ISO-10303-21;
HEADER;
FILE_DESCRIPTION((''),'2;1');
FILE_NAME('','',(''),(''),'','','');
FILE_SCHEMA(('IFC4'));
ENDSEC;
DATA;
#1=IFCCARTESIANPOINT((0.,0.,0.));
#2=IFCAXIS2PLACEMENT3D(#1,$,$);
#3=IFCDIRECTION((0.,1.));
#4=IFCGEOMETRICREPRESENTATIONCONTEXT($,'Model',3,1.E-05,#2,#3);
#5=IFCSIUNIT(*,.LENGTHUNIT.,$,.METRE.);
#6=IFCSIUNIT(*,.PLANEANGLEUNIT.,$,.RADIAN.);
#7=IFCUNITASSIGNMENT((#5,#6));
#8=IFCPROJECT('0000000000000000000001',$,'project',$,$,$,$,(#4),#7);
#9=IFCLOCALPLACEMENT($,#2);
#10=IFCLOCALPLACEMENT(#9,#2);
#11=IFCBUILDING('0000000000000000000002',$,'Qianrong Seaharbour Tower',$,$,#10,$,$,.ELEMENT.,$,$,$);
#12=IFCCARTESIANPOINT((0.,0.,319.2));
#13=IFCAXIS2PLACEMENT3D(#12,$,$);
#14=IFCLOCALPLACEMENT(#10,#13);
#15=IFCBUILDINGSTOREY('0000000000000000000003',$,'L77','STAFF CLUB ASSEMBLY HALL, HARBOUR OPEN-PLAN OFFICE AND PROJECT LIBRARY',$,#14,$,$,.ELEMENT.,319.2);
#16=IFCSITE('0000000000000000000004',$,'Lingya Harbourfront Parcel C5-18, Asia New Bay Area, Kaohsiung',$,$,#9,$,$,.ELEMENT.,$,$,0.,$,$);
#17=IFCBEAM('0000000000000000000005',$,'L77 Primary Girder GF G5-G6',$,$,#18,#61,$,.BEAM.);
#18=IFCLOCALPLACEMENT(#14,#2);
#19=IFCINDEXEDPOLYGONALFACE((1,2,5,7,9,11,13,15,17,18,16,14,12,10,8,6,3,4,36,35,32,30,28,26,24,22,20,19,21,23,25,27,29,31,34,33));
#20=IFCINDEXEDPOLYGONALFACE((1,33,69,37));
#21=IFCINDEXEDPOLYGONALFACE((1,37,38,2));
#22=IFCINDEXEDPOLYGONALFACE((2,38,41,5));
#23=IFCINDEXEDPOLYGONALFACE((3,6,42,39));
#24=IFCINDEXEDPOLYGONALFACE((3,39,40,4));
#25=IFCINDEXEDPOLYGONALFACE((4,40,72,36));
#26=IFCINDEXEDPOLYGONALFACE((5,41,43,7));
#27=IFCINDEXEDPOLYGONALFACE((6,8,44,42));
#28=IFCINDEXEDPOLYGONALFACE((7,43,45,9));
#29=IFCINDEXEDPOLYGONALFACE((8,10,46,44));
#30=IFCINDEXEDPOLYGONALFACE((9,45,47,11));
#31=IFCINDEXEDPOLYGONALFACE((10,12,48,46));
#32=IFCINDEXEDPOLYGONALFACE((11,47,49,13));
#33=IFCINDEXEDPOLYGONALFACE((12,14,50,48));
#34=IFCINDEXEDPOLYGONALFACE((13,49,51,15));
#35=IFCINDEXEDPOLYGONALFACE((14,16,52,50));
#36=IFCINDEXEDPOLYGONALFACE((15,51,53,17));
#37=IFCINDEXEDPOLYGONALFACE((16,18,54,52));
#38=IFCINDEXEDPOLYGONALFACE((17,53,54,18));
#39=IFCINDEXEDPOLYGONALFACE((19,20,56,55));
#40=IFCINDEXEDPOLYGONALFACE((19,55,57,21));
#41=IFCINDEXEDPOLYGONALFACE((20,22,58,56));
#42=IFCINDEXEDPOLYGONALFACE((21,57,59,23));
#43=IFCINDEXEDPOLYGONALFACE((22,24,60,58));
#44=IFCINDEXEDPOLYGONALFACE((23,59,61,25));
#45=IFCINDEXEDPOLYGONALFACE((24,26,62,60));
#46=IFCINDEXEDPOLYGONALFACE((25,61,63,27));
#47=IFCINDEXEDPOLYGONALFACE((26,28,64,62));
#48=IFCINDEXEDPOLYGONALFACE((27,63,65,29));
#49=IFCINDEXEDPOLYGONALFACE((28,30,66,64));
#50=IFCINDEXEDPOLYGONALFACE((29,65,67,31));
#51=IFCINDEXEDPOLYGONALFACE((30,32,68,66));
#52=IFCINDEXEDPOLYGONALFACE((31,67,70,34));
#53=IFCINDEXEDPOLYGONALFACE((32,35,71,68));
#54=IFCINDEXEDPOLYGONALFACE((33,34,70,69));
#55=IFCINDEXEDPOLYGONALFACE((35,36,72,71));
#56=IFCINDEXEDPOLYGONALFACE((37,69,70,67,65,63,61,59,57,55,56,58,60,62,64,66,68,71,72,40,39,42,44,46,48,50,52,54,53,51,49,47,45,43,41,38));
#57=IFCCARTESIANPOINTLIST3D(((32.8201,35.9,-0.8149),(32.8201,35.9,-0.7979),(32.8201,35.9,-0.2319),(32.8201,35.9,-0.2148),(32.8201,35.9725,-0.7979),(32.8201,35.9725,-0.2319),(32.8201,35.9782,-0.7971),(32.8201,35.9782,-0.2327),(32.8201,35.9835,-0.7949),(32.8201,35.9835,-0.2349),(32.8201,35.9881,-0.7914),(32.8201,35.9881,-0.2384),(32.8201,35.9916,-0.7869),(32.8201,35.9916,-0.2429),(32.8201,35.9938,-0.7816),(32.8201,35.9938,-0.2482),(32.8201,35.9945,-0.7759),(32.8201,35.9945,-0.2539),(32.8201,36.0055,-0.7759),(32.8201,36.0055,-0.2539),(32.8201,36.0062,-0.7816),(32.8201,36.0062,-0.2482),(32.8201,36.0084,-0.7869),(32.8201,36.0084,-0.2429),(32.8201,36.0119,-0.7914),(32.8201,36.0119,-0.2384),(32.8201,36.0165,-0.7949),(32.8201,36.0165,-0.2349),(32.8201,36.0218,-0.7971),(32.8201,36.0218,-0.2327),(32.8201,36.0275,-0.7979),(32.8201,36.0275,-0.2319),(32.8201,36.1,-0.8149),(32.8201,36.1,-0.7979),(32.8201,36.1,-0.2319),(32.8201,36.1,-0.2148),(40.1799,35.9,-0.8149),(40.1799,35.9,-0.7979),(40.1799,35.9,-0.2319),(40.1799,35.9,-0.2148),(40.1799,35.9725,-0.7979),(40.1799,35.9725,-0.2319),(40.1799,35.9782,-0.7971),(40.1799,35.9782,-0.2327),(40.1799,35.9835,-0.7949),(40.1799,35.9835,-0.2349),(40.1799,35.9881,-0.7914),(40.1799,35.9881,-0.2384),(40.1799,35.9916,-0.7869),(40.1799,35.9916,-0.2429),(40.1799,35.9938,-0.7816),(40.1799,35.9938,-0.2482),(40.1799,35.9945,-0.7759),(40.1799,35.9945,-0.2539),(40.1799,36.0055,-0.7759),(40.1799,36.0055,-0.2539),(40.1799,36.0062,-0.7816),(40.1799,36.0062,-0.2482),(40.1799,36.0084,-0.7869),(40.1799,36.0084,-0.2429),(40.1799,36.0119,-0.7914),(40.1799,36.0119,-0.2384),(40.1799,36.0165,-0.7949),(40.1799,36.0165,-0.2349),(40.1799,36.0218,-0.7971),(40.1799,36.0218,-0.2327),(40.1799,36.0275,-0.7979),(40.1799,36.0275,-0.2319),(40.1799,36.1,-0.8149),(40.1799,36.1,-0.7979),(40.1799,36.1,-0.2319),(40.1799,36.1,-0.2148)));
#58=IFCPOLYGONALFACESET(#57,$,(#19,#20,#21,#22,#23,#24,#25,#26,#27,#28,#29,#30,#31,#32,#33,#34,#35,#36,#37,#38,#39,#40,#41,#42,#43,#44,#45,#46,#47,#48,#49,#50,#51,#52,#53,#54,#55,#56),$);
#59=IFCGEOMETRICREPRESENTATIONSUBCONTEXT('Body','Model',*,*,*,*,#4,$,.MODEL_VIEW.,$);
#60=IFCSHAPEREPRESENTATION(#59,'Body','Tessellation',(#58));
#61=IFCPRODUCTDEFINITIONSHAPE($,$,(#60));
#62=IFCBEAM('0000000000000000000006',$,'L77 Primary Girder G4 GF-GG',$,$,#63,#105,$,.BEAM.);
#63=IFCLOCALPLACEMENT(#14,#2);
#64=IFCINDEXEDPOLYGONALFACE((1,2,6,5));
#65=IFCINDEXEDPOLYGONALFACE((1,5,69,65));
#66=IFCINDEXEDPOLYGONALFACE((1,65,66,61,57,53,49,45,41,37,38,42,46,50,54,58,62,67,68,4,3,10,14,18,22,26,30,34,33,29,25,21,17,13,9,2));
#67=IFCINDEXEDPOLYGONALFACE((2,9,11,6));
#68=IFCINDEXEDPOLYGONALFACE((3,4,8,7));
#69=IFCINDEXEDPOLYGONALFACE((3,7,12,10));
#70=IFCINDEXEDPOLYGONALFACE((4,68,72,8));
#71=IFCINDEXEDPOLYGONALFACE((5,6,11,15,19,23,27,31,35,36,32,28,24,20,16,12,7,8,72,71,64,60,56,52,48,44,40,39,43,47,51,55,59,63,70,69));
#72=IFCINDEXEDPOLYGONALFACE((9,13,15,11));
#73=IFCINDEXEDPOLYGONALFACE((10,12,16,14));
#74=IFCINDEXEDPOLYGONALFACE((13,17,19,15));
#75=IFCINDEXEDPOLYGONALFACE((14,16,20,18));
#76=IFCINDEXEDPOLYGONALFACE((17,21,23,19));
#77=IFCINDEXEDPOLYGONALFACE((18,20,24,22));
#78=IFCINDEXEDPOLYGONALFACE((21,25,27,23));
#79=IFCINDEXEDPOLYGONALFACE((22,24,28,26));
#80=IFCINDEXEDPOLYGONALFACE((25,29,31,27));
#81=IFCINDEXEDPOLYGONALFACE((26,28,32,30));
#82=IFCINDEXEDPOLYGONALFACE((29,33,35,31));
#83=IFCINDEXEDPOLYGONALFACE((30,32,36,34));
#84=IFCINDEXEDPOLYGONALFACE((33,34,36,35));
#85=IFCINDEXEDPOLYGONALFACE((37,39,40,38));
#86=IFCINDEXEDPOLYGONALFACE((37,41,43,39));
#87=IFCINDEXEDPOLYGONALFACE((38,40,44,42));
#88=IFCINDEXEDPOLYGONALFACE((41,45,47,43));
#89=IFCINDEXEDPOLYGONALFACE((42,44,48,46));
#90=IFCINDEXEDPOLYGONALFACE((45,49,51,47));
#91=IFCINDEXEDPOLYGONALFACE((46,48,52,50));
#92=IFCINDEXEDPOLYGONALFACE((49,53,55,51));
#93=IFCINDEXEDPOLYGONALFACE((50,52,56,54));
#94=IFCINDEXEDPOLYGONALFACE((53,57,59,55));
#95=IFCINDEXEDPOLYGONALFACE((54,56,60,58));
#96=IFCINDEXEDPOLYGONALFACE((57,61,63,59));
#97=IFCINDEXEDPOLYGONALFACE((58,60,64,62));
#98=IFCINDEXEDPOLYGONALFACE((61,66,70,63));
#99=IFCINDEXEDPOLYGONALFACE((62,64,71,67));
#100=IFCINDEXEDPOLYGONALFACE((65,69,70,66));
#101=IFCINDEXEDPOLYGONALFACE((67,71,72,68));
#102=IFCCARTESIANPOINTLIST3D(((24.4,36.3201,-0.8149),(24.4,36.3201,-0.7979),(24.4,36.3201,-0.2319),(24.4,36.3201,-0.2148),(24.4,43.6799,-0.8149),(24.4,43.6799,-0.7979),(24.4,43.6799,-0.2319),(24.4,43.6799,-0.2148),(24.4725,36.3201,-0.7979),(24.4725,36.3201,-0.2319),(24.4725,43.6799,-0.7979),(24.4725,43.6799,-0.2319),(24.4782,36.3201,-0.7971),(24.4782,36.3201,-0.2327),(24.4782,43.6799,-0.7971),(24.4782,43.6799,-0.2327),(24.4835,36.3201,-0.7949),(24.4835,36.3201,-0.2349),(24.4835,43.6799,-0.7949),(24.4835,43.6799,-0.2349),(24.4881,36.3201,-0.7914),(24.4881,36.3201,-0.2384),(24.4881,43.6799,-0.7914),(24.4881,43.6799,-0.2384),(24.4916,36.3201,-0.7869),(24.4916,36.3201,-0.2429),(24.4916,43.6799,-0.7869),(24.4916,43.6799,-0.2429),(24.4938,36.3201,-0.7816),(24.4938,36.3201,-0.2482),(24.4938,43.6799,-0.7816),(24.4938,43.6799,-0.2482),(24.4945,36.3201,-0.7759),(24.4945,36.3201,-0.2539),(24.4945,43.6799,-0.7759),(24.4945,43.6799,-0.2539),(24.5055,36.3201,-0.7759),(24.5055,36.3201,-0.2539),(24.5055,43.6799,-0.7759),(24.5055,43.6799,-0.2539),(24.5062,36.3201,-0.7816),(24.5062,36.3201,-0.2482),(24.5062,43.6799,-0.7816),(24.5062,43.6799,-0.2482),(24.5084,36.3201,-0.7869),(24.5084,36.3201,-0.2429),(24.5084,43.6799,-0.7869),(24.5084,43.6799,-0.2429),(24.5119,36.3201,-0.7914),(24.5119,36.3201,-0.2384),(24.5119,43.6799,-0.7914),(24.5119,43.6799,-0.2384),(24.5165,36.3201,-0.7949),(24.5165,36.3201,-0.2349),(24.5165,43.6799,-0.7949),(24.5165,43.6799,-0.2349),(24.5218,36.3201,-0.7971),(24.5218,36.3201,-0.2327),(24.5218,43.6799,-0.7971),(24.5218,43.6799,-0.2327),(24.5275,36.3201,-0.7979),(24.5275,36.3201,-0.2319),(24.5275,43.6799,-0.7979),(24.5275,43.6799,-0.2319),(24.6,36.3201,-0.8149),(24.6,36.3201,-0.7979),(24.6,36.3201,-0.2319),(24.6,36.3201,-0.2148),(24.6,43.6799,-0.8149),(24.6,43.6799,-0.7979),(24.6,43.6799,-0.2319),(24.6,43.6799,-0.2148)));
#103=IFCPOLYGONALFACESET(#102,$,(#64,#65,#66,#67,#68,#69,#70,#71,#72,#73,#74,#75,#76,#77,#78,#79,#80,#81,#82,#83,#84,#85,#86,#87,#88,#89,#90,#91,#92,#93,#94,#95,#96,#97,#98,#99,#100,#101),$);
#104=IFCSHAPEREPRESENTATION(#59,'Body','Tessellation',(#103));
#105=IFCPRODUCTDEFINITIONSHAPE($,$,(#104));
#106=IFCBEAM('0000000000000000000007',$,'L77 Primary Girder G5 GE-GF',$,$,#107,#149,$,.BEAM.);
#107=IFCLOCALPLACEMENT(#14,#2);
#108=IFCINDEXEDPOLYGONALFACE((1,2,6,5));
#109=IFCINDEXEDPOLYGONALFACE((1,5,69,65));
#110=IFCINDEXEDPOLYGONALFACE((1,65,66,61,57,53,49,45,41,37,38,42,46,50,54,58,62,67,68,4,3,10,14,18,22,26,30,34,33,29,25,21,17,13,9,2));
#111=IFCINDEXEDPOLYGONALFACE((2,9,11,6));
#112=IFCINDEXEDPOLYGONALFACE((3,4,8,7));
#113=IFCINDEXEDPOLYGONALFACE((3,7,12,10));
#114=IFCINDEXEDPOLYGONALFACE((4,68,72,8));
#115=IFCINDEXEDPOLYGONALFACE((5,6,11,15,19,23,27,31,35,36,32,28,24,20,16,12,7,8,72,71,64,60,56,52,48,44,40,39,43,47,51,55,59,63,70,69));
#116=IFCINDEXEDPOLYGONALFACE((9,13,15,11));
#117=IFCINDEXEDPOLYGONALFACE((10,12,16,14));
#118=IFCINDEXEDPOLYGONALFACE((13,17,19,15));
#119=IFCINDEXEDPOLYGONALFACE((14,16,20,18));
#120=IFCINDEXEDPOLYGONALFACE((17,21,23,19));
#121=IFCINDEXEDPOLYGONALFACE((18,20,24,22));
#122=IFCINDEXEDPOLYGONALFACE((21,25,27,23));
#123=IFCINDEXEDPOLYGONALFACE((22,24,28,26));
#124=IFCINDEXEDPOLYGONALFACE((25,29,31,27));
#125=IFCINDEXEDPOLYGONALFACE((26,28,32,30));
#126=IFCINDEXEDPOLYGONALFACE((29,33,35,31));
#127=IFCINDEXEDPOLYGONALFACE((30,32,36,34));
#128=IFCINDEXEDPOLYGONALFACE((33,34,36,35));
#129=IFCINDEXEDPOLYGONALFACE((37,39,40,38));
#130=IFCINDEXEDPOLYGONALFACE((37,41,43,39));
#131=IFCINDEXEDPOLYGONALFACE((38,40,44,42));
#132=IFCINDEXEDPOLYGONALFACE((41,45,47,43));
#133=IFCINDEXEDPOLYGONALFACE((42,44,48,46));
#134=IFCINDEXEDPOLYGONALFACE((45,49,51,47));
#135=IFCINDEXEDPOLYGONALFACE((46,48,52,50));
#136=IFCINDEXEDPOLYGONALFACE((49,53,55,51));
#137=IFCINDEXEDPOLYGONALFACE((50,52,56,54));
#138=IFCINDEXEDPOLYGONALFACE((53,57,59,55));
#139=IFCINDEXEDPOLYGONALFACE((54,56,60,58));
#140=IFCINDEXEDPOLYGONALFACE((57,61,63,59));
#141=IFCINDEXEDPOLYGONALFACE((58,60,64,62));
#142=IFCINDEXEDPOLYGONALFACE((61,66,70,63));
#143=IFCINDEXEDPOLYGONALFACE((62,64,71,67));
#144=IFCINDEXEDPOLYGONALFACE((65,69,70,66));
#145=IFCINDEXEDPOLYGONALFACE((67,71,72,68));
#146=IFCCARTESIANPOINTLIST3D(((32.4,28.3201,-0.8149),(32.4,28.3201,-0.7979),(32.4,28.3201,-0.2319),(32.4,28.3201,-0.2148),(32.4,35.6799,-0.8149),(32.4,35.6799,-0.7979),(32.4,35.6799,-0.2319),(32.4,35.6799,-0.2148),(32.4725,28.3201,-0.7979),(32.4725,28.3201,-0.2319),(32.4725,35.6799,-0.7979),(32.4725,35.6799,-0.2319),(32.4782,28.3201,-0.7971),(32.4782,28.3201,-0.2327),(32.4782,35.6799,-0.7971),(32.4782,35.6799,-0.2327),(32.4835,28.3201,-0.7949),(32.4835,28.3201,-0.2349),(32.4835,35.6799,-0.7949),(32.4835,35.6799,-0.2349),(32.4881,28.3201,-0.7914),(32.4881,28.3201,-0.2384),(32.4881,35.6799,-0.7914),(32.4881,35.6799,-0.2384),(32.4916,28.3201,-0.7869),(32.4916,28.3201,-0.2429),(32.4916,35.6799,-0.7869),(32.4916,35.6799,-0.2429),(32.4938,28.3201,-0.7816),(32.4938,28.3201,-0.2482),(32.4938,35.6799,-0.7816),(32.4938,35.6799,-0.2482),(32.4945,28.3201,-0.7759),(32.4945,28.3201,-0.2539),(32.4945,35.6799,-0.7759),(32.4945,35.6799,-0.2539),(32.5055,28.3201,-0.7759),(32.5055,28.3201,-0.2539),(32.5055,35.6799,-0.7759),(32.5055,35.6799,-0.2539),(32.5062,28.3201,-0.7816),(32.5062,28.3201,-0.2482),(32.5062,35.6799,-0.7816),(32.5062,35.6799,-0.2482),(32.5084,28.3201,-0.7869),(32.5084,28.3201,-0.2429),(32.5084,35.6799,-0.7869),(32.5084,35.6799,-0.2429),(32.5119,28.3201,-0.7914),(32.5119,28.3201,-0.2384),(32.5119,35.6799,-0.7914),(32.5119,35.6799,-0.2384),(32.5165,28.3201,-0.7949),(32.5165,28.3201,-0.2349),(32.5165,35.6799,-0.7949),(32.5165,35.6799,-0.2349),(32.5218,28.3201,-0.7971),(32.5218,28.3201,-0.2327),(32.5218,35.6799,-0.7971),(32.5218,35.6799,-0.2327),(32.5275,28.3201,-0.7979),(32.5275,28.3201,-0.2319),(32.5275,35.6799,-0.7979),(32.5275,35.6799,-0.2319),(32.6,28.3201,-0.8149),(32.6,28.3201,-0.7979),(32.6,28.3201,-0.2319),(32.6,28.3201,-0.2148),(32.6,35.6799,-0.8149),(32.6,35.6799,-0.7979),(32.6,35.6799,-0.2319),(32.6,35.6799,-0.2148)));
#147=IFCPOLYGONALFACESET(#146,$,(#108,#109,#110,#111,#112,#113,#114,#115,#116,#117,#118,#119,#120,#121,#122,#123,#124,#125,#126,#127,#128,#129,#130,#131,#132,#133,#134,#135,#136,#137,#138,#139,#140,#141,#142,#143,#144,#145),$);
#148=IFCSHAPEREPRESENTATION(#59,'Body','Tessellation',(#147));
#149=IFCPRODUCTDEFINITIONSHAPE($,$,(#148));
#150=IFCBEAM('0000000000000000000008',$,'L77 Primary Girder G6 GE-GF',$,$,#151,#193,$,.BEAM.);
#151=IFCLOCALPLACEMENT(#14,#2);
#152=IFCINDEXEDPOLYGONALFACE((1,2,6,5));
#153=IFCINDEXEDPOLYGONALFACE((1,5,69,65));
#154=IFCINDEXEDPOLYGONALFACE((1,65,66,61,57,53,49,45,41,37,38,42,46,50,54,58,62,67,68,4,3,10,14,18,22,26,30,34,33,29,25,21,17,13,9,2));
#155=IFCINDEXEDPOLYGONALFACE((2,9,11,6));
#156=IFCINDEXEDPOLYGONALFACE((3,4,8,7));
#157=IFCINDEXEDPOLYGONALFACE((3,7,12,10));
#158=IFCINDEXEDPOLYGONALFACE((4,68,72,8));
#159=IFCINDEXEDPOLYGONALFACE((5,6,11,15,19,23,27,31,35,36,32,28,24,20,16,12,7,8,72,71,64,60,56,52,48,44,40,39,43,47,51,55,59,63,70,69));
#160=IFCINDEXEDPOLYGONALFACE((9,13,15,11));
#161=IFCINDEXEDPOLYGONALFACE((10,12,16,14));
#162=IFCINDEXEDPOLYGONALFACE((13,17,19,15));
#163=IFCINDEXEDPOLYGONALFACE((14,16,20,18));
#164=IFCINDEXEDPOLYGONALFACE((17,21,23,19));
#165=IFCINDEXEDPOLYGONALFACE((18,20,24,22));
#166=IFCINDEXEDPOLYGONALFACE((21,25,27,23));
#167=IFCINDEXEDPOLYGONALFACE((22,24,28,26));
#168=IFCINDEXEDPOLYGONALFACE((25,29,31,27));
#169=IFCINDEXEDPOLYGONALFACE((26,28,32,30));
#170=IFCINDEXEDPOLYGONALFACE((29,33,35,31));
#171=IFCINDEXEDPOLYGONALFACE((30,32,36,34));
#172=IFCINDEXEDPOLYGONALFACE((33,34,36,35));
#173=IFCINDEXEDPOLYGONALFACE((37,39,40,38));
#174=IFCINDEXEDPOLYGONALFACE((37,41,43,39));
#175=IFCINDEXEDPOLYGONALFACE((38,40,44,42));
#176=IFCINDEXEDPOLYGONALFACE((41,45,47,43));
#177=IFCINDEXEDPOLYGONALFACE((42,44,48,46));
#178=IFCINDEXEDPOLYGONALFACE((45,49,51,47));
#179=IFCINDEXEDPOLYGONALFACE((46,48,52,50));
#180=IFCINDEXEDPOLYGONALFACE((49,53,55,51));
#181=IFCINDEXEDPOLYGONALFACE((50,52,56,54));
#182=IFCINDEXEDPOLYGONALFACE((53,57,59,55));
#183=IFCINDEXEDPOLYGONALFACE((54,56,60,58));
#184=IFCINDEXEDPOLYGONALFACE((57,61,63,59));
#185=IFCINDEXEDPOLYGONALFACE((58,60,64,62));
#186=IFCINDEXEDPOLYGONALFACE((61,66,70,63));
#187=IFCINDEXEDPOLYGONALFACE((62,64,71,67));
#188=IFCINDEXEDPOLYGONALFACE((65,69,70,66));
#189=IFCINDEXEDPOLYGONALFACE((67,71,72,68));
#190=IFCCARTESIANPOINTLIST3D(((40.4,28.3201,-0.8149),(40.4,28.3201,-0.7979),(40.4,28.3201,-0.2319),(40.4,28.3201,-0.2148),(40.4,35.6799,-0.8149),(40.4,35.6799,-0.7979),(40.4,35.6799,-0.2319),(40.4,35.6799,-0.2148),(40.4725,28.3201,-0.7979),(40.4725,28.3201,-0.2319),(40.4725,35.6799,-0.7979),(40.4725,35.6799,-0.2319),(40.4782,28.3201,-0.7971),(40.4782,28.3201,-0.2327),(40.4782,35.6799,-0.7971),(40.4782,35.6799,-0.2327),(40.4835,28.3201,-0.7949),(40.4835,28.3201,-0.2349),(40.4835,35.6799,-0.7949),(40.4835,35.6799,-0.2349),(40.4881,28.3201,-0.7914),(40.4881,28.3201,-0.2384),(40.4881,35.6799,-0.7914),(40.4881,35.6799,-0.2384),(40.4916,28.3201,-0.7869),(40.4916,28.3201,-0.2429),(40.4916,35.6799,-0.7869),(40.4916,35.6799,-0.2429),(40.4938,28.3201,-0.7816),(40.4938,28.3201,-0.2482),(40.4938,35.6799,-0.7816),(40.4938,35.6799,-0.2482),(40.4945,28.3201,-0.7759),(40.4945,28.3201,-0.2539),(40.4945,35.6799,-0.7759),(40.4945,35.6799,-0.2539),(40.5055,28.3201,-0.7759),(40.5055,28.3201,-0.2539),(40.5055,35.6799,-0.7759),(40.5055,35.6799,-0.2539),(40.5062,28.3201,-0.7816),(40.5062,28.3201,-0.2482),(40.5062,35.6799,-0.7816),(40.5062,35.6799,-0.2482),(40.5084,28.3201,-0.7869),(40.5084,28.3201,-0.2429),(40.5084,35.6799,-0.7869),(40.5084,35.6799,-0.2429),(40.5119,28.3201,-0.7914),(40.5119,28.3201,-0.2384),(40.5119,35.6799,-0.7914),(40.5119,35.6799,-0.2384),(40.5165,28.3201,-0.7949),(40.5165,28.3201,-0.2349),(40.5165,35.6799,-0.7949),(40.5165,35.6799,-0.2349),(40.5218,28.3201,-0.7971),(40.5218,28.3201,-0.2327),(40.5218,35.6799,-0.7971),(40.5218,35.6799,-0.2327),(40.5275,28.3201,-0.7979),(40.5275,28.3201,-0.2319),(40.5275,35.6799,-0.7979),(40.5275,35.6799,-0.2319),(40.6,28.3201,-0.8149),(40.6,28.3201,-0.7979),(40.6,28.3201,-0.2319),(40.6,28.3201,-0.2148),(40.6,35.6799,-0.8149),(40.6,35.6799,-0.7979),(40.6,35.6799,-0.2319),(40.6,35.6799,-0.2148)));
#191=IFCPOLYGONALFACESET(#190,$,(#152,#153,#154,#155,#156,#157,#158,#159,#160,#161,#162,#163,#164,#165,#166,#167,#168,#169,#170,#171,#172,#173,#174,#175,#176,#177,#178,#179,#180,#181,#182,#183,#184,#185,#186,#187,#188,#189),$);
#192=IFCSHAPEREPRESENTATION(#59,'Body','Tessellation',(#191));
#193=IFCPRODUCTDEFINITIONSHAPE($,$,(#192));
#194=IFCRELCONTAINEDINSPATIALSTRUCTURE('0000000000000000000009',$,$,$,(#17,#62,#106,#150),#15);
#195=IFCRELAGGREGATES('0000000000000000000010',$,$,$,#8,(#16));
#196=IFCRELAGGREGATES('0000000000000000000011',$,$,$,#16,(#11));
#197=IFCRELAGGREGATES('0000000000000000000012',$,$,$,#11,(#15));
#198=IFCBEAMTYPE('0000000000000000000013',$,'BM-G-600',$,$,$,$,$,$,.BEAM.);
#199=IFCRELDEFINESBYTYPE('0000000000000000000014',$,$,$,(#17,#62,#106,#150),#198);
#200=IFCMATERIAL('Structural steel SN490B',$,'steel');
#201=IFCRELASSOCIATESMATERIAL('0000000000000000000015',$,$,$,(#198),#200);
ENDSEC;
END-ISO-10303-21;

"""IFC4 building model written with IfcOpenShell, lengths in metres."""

from ifc_helpers import new_model, si_unit, direction, frame, origin, origin_2d, place, context, subcontext, project, spatial, i_section, extrude, material, material_profile, profile_set, type_object, element, save


model = new_model("IFC4")

# Units and contexts
model_context = context("Model", 3, precision=1e-05, world=origin(), true_north=direction((0.0, 1.0)))
body_context = subcontext(model_context, "Body", "Model", "MODEL_VIEW")
ifc_project = project(units=[si_unit("LENGTHUNIT", "METRE"), si_unit("PLANEANGLEUNIT", "RADIAN")], contexts=[model_context])

# Site, building, storey
site_placement = place(None, origin())
site = spatial("IfcSite", under=ifc_project, at=site_placement, Name="Lingya Harbourfront Parcel C5-18, Asia New Bay Area, Kaohsiung", CompositionType="ELEMENT", RefElevation=0.0)
building_placement = place(site_placement, origin())
building = spatial("IfcBuilding", under=site, at=building_placement, Name="Qianrong Seaharbour Tower", CompositionType="ELEMENT")
storey_placement = place(building_placement, frame((0.0, 0.0, 319.2)))
storey = spatial("IfcBuildingStorey", under=building, at=storey_placement, Name="L77", Description="STAFF CLUB ASSEMBLY HALL, HARBOUR OPEN-PLAN OFFICE AND PROJECT LIBRARY", CompositionType="ELEMENT", Elevation=319.2)

# Shared definitions
ifc_material_1 = material(Name="Structural steel SN490B", Category="steel")

# Beams
ifc_material_profile_1 = material_profile(ifc_material_1, i_section(OverallWidth=0.2, OverallDepth=0.6001, WebThickness=0.011, FlangeThickness=0.0171, FilletRadius=0.022, at=origin_2d()), Name="H600x200x11x17")
ifc_profile_set_1 = profile_set([ifc_material_profile_1], Name="Structural steel SN490B")
beam_type_1 = type_object("IfcBeamType", Name="BM-G-600", PredefinedType="BEAM", material=ifc_profile_set_1)
for number, where, z_axis, x_axis, name in (
    (1, (32.8201, 36.0, -0.5149), (1.0, 0.0, 0.0), (0.0, 1.0, 0.0), "L77 Primary Girder GF G5-G6"),
    (2, (24.5, 36.3201, -0.5149), (0.0, 1.0, 0.0), (-1.0, 0.0, 0.0), "L77 Primary Girder G4 GF-GG"),
    (3, (32.5, 28.3201, -0.5149), (0.0, 1.0, 0.0), (-1.0, 0.0, 0.0), "L77 Primary Girder G5 GE-GF"),
    (4, (40.5, 28.3201, -0.5149), (0.0, 1.0, 0.0), (-1.0, 0.0, 0.0), "L77 Primary Girder G6 GE-GF"),
):
    element("IfcBeam", number, at=place(storey_placement, frame(where, z_axis=z_axis, x_axis=x_axis)), inside=storey, type_object=beam_type_1, Name=name, PredefinedType="BEAM", context=body_context, shape_type="SweptSolid", body=[
        extrude(i_section(OverallWidth=0.2, OverallDepth=0.6001, WebThickness=0.011, FlangeThickness=0.0171, FilletRadius=0.022, at=origin_2d()), origin(), (0.0, 0.0, 1.0), 7.3599),
    ])

save(model, "model.ifc")
